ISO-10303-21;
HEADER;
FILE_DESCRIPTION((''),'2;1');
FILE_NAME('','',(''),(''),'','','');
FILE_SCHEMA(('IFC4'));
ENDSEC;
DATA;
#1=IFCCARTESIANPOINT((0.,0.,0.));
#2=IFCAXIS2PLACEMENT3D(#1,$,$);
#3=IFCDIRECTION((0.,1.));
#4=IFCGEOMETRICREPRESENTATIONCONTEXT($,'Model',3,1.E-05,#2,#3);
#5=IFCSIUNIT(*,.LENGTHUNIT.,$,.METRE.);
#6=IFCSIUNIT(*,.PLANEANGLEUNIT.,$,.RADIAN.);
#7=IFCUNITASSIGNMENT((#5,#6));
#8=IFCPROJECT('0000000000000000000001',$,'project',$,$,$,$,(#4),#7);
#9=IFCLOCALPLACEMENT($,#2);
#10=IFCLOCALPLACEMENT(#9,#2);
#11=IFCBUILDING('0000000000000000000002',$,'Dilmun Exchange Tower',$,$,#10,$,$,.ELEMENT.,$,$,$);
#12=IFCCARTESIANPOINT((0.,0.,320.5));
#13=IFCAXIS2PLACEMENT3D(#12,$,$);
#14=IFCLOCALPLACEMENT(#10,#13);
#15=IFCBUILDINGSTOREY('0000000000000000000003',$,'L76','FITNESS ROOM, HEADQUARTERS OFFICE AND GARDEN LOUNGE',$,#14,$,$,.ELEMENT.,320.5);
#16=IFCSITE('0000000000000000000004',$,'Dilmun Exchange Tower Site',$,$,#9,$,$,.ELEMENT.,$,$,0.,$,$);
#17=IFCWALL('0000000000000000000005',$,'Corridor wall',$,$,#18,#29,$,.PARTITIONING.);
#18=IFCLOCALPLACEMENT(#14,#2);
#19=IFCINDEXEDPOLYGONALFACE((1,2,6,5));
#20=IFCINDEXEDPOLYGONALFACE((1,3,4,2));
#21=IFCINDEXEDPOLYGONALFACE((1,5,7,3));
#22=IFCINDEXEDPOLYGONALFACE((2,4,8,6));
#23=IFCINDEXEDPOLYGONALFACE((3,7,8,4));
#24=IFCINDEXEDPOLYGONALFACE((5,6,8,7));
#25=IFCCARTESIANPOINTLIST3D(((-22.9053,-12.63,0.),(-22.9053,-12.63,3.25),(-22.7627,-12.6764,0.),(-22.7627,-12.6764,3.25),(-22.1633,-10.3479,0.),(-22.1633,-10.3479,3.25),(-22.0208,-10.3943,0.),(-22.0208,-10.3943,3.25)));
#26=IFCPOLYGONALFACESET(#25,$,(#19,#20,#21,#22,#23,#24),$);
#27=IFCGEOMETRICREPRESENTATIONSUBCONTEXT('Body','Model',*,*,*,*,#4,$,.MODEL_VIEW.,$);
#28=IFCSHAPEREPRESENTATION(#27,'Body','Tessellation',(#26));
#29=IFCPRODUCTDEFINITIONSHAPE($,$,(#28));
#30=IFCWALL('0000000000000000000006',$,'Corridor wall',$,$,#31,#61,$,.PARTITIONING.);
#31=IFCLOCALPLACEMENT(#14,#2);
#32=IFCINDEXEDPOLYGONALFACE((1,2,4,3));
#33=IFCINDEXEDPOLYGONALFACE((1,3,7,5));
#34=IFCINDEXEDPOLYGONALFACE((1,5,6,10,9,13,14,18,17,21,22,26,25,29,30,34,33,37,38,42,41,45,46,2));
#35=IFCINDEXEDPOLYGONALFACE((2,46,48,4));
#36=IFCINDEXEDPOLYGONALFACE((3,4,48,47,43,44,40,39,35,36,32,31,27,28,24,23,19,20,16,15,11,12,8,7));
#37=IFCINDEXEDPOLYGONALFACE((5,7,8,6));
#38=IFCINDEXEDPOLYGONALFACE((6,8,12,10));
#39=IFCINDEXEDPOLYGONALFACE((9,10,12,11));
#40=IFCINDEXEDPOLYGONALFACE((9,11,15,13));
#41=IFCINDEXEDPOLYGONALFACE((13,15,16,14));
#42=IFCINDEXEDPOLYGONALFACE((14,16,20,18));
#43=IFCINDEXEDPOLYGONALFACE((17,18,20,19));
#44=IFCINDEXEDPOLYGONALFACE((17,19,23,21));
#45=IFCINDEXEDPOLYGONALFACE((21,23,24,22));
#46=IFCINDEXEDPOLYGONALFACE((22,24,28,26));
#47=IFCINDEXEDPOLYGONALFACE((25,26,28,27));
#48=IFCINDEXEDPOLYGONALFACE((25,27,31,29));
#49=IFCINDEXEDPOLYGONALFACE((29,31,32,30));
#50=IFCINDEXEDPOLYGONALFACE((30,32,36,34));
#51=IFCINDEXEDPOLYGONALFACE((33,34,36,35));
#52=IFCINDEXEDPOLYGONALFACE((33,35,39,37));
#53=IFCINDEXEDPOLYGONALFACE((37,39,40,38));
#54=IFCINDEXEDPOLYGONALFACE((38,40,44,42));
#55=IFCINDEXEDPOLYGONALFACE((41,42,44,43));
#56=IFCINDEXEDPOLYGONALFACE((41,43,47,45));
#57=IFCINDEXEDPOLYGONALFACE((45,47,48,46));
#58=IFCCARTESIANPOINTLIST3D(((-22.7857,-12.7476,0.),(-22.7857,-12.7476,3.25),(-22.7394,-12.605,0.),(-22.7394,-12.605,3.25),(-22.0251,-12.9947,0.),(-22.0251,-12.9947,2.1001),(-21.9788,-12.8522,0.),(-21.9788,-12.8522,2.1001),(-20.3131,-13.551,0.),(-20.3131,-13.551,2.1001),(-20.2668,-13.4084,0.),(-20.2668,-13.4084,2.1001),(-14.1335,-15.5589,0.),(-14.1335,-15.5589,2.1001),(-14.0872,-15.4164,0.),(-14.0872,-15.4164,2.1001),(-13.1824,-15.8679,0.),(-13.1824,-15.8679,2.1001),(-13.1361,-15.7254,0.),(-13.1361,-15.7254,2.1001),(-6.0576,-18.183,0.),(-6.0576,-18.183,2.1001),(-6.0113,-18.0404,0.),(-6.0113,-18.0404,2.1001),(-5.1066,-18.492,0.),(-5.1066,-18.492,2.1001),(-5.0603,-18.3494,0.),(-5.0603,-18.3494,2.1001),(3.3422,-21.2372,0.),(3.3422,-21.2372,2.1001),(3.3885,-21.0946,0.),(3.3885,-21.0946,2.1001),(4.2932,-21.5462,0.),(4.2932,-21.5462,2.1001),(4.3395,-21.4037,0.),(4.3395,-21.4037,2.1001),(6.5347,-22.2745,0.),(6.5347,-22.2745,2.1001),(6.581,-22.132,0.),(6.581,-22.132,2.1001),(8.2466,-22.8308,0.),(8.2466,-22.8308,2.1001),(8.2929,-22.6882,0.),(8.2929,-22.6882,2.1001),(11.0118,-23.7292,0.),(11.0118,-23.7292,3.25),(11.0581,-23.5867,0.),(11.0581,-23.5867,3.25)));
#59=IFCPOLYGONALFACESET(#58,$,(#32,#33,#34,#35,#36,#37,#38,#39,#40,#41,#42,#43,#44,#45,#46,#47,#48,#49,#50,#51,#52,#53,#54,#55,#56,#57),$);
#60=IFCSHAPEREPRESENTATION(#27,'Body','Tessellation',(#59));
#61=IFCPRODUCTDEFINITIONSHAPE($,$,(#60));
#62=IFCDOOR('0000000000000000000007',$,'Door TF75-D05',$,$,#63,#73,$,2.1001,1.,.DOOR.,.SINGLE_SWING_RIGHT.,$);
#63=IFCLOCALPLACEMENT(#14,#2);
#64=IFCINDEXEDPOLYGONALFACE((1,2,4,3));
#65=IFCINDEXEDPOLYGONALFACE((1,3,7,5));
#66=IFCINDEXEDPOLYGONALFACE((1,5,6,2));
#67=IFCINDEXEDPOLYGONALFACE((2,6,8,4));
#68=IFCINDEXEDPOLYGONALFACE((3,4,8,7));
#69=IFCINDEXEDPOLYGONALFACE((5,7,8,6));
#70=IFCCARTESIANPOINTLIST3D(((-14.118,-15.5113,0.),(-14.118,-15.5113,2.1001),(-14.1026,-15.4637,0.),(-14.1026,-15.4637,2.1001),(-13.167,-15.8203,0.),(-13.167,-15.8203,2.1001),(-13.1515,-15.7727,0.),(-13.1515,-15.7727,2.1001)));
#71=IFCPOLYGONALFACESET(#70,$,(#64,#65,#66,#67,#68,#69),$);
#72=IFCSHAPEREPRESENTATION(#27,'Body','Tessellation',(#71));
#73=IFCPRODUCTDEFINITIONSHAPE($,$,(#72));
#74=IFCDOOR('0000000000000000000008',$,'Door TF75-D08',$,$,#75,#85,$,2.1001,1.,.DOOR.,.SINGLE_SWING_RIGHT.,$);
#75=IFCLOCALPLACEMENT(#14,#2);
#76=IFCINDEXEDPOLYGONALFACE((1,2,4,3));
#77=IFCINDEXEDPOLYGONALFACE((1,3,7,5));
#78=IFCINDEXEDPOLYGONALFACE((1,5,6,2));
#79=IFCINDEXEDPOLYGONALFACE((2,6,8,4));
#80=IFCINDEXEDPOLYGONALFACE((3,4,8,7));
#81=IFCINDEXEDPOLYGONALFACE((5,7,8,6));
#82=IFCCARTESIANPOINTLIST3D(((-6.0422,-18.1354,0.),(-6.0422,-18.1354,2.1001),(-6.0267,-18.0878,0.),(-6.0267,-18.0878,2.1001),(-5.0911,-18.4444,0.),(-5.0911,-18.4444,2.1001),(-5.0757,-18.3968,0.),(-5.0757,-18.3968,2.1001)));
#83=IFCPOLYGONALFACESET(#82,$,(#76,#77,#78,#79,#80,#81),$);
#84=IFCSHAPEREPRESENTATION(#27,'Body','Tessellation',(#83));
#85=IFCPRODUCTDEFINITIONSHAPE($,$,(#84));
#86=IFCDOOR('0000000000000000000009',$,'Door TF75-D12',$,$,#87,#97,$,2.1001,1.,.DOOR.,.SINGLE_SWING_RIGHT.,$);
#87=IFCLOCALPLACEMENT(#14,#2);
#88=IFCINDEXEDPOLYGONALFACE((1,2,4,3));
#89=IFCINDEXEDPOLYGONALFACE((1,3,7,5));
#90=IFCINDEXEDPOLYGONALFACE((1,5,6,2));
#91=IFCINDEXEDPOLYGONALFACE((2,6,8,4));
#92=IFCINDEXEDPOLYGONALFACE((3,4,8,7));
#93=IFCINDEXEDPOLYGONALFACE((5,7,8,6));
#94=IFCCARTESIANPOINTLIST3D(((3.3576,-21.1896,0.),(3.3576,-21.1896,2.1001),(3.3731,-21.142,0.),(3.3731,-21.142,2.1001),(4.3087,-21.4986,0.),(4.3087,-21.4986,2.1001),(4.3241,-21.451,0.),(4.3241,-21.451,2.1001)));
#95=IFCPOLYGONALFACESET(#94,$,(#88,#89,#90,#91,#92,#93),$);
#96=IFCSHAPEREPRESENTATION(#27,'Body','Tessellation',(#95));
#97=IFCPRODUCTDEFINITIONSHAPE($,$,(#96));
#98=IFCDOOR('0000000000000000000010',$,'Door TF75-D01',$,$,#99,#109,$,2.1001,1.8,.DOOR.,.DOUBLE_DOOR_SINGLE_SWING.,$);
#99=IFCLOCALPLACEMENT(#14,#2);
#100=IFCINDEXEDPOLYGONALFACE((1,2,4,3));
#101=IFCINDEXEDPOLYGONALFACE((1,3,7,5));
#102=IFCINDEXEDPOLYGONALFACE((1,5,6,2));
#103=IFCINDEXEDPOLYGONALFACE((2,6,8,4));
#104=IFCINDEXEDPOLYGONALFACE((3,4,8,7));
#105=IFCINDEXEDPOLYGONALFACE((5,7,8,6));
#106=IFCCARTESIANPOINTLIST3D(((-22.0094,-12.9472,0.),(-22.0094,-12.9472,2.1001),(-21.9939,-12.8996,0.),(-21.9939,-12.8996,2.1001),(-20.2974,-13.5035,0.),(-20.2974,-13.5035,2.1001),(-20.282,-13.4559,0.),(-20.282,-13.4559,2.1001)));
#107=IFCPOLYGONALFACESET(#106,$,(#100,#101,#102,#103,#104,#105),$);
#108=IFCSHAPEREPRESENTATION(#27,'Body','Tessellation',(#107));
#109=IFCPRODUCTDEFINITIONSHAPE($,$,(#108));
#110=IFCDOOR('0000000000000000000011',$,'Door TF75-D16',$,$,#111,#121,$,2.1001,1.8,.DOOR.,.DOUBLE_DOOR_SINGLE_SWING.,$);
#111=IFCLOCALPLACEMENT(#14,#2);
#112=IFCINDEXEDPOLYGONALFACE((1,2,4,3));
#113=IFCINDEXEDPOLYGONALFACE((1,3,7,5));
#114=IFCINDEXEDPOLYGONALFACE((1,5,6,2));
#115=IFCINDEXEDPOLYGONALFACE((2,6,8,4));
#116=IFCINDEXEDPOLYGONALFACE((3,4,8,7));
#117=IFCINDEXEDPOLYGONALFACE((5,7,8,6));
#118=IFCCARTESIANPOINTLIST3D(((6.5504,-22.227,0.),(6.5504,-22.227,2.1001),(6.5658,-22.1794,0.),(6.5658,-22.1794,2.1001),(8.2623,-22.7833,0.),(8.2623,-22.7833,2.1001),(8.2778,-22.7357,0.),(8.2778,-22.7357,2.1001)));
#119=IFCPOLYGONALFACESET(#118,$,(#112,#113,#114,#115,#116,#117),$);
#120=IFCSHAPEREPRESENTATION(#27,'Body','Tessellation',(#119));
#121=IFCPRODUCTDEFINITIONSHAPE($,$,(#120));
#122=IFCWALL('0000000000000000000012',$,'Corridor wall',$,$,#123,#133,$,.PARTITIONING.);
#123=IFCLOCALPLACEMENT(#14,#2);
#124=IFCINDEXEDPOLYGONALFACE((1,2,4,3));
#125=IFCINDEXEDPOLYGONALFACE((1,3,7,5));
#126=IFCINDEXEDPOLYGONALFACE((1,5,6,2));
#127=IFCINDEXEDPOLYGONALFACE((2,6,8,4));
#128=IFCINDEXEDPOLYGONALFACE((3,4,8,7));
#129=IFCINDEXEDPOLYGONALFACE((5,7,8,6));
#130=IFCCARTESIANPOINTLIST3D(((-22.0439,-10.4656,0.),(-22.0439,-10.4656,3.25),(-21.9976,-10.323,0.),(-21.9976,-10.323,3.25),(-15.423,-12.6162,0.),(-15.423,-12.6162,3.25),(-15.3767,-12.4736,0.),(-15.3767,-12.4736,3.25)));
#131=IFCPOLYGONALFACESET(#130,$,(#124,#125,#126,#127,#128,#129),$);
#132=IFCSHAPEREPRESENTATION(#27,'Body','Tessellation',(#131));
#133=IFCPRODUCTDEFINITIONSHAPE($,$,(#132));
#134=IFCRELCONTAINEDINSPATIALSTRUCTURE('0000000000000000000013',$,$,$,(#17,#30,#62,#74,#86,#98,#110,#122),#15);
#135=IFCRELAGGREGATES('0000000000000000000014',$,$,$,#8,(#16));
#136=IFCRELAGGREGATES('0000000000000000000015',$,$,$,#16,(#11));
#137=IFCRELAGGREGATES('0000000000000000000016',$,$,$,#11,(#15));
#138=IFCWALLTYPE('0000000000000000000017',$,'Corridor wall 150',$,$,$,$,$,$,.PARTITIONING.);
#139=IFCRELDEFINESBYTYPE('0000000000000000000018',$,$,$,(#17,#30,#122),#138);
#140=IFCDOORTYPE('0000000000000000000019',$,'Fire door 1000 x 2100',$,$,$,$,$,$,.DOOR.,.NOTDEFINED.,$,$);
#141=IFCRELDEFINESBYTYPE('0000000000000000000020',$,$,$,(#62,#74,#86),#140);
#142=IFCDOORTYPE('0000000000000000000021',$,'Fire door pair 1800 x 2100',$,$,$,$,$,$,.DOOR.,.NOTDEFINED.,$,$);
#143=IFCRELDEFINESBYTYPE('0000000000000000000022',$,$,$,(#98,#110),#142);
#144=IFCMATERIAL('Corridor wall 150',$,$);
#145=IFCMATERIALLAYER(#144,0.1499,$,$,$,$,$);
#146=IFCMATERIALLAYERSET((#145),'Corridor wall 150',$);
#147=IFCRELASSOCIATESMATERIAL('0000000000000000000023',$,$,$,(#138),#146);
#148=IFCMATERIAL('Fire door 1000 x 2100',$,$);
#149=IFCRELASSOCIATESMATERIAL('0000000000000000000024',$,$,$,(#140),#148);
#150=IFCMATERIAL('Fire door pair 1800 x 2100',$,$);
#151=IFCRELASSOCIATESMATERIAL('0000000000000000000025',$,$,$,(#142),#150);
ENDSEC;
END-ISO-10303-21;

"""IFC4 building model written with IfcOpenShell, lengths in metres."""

from ifc_helpers import new_model, si_unit, direction, frame, frame_2d, origin, place, context, subcontext, project, spatial, rectangle, extrude, material, layer, layer_set, type_object, element, fill, save


model = new_model("IFC4")

# Units and contexts
model_context = context("Model", 3, precision=1e-05, world=origin(), true_north=direction((0.0, 1.0)))
body_context = subcontext(model_context, "Body", "Model", "MODEL_VIEW")
ifc_project = project(units=[si_unit("LENGTHUNIT", "METRE"), si_unit("PLANEANGLEUNIT", "RADIAN")], contexts=[model_context])

# Site, building, storey
site_placement = place(None, origin())
site = spatial("IfcSite", under=ifc_project, at=site_placement, Name="Dilmun Exchange Tower Site", CompositionType="ELEMENT", RefElevation=0.0)
building_placement = place(site_placement, origin())
building = spatial("IfcBuilding", under=site, at=building_placement, Name="Dilmun Exchange Tower", CompositionType="ELEMENT")
storey_placement = place(building_placement, frame((0.0, 0.0, 320.5)))
storey = spatial("IfcBuildingStorey", under=building, at=storey_placement, Name="L76", Description="FITNESS ROOM, HEADQUARTERS OFFICE AND GARDEN LOUNGE", CompositionType="ELEMENT", Elevation=320.5)

# Wall
ifc_material_1 = material(Name="Corridor wall 150")
ifc_layer_1 = layer(ifc_material_1, 0.1499)
ifc_layer_set_1 = layer_set([ifc_layer_1], Name="Corridor wall 150")
wall_type_1 = type_object("IfcWallType", Name="Corridor wall 150", PredefinedType="PARTITIONING", material=ifc_layer_set_1)
wall_1_placement = place(storey_placement, frame((-22.834, -12.6531, 0.0), z_axis=(0.0, 0.0, 1.0), x_axis=(0.309199, 0.950997, 0.0)))
element("IfcWall", 1, at=wall_1_placement, inside=storey, type_object=wall_type_1, Name="Corridor wall", PredefinedType="PARTITIONING", context=body_context, shape_type="SweptSolid", body=[
    extrude(rectangle(XDim=2.3997, YDim=0.1499, at=frame_2d((1.1997, 0.0))), origin(), (0.0, 0.0, 1.0), 3.25),
])

# Wall, openings, doors
wall_2_placement = place(storey_placement, frame((-22.7627, -12.6763, 0.0), z_axis=(0.0, 0.0, 1.0), x_axis=(0.951055, -0.309022, 0.0)))
wall_2 = element("IfcWall", 2, at=wall_2_placement, inside=storey, type_object=wall_type_1, Name="Corridor wall", PredefinedType="PARTITIONING", context=body_context, shape_type="SweptSolid", body=[
    extrude(rectangle(XDim=35.5369, YDim=0.1499, at=frame_2d((17.7686, 0.0))), origin(), (0.0, 0.0, 1.0), 3.25),
])
opening_1_placement = place(wall_2_placement, frame((0.8, 0.0, 0.0)))
opening_1 = element("IfcOpeningElement", 3, at=opening_1_placement, cuts=wall_2, PredefinedType="OPENING", context=body_context, shape_type="SweptSolid", body=[
    extrude(rectangle(XDim=1.8, YDim=2.1001, at=frame_2d((0.8999, 1.05))), frame((0.0, 0.085, 0.0), z_axis=(0.0, -1.0, 0.0), x_axis=(1.0, 0.0, 0.0)), (0.0, 0.0, 1.0), 0.1699),
])
opening_2_placement = place(wall_2_placement, frame((9.0977, 0.0, 0.0)))
opening_2 = element("IfcOpeningElement", 4, at=opening_2_placement, cuts=wall_2, PredefinedType="OPENING", context=body_context, shape_type="SweptSolid", body=[
    extrude(rectangle(XDim=1.0, YDim=2.1001, at=frame_2d((0.5, 1.05))), frame((0.0, 0.085, 0.0), z_axis=(0.0, -1.0, 0.0), x_axis=(1.0, 0.0, 0.0)), (0.0, 0.0, 1.0), 0.1699),
])
opening_3_placement = place(wall_2_placement, frame((17.5891, 0.0, 0.0)))
opening_3 = element("IfcOpeningElement", 5, at=opening_3_placement, cuts=wall_2, PredefinedType="OPENING", context=body_context, shape_type="SweptSolid", body=[
    extrude(rectangle(XDim=1.0, YDim=2.1001, at=frame_2d((0.5, 1.05))), frame((0.0, 0.085, 0.0), z_axis=(0.0, -1.0, 0.0), x_axis=(1.0, 0.0, 0.0)), (0.0, 0.0, 1.0), 0.1699),
])
opening_4_placement = place(wall_2_placement, frame((27.4727, 0.0, 0.0)))
opening_4 = element("IfcOpeningElement", 6, at=opening_4_placement, cuts=wall_2, PredefinedType="OPENING", context=body_context, shape_type="SweptSolid", body=[
    extrude(rectangle(XDim=1.0, YDim=2.1001, at=frame_2d((0.5, 1.05))), frame((0.0, 0.085, 0.0), z_axis=(0.0, -1.0, 0.0), x_axis=(1.0, 0.0, 0.0)), (0.0, 0.0, 1.0), 0.1699),
])
opening_5_placement = place(wall_2_placement, frame((30.8296, 0.0, 0.0)))
opening_5 = element("IfcOpeningElement", 7, at=opening_5_placement, cuts=wall_2, PredefinedType="OPENING", context=body_context, shape_type="SweptSolid", body=[
    extrude(rectangle(XDim=1.8, YDim=2.1001, at=frame_2d((0.8999, 1.05))), frame((0.0, 0.085, 0.0), z_axis=(0.0, -1.0, 0.0), x_axis=(1.0, 0.0, 0.0)), (0.0, 0.0, 1.0), 0.1699),
])
ifc_material_2 = material(Name="Fire door 1000 x 2100")
door_type_1 = type_object("IfcDoorType", Name="Fire door 1000 x 2100", OperationType="NOTDEFINED", PredefinedType="DOOR", material=ifc_material_2)
door_1_placement = place(opening_2_placement, frame((1.0, 0.0, 0.0), z_axis=(0.0, 0.0, 1.0), x_axis=(-1.0, 0.0, 0.0)))
door_1 = element("IfcDoor", 8, at=door_1_placement, inside=storey, type_object=door_type_1, Name="Door TF75-D05", OperationType="SINGLE_SWING_RIGHT", OverallHeight=2.1001, OverallWidth=1.0, PredefinedType="DOOR", context=body_context, shape_type="SweptSolid", body=[
    extrude(rectangle(XDim=1.0, YDim=2.1001, at=frame_2d((0.5, 1.05))), frame((0.0, 0.0249, 0.0), z_axis=(0.0, -1.0, 0.0), x_axis=(1.0, 0.0, 0.0)), (0.0, 0.0, 1.0), 0.05),
])
fill(opening_2, door_1)
door_2_placement = place(opening_3_placement, frame((1.0, 0.0, 0.0), z_axis=(0.0, 0.0, 1.0), x_axis=(-1.0, 0.0, 0.0)))
door_2 = element("IfcDoor", 9, at=door_2_placement, inside=storey, type_object=door_type_1, Name="Door TF75-D08", OperationType="SINGLE_SWING_RIGHT", OverallHeight=2.1001, OverallWidth=1.0, PredefinedType="DOOR", context=body_context, shape_type="SweptSolid", body=[
    extrude(rectangle(XDim=1.0, YDim=2.1001, at=frame_2d((0.5, 1.05))), frame((0.0, 0.0249, 0.0), z_axis=(0.0, -1.0, 0.0), x_axis=(1.0, 0.0, 0.0)), (0.0, 0.0, 1.0), 0.05),
])
fill(opening_3, door_2)
door_3_placement = place(opening_4_placement, frame((1.0, 0.0, 0.0), z_axis=(0.0, 0.0, 1.0), x_axis=(-1.0, 0.0, 0.0)))
door_3 = element("IfcDoor", 10, at=door_3_placement, inside=storey, type_object=door_type_1, Name="Door TF75-D12", OperationType="SINGLE_SWING_RIGHT", OverallHeight=2.1001, OverallWidth=1.0, PredefinedType="DOOR", context=body_context, shape_type="SweptSolid", body=[
    extrude(rectangle(XDim=1.0, YDim=2.1001, at=frame_2d((0.5, 1.05))), frame((0.0, 0.0249, 0.0), z_axis=(0.0, -1.0, 0.0), x_axis=(1.0, 0.0, 0.0)), (0.0, 0.0, 1.0), 0.05),
])
fill(opening_4, door_3)
ifc_material_3 = material(Name="Fire door pair 1800 x 2100")
door_type_2 = type_object("IfcDoorType", Name="Fire door pair 1800 x 2100", OperationType="NOTDEFINED", PredefinedType="DOOR", material=ifc_material_3)
door_4_placement = place(opening_1_placement, frame((1.8, 0.0, 0.0), z_axis=(0.0, 0.0, 1.0), x_axis=(-1.0, 0.0, 0.0)))
door_4 = element("IfcDoor", 11, at=door_4_placement, inside=storey, type_object=door_type_2, Name="Door TF75-D01", OperationType="DOUBLE_DOOR_SINGLE_SWING", OverallHeight=2.1001, OverallWidth=1.8, PredefinedType="DOOR", context=body_context, shape_type="SweptSolid", body=[
    extrude(rectangle(XDim=1.8, YDim=2.1001, at=frame_2d((0.8999, 1.05))), frame((0.0, 0.0249, 0.0), z_axis=(0.0, -1.0, 0.0), x_axis=(1.0, 0.0, 0.0)), (0.0, 0.0, 1.0), 0.05),
])
fill(opening_1, door_4)
door_5_placement = place(opening_5_placement, frame((1.8, 0.0, 0.0), z_axis=(0.0, 0.0, 1.0), x_axis=(-1.0, 0.0, 0.0)))
door_5 = element("IfcDoor", 12, at=door_5_placement, inside=storey, type_object=door_type_2, Name="Door TF75-D16", OperationType="DOUBLE_DOOR_SINGLE_SWING", OverallHeight=2.1001, OverallWidth=1.8, PredefinedType="DOOR", context=body_context, shape_type="SweptSolid", body=[
    extrude(rectangle(XDim=1.8, YDim=2.1001, at=frame_2d((0.8999, 1.05))), frame((0.0, 0.0249, 0.0), z_axis=(0.0, -1.0, 0.0), x_axis=(1.0, 0.0, 0.0)), (0.0, 0.0, 1.0), 0.05),
])
fill(opening_5, door_5)

# Wall
wall_3_placement = place(storey_placement, frame((-22.0208, -10.3943, 0.0), z_axis=(0.0, 0.0, 1.0), x_axis=(0.951082, -0.308938, 0.0)))
element("IfcWall", 13, at=wall_3_placement, inside=storey, type_object=wall_type_1, Name="Corridor wall", PredefinedType="PARTITIONING", context=body_context, shape_type="SweptSolid", body=[
    extrude(rectangle(XDim=6.9614, YDim=0.1499, at=frame_2d((3.4807, 0.0))), origin(), (0.0, 0.0, 1.0), 3.25),
])

save(model, "model.ifc")
